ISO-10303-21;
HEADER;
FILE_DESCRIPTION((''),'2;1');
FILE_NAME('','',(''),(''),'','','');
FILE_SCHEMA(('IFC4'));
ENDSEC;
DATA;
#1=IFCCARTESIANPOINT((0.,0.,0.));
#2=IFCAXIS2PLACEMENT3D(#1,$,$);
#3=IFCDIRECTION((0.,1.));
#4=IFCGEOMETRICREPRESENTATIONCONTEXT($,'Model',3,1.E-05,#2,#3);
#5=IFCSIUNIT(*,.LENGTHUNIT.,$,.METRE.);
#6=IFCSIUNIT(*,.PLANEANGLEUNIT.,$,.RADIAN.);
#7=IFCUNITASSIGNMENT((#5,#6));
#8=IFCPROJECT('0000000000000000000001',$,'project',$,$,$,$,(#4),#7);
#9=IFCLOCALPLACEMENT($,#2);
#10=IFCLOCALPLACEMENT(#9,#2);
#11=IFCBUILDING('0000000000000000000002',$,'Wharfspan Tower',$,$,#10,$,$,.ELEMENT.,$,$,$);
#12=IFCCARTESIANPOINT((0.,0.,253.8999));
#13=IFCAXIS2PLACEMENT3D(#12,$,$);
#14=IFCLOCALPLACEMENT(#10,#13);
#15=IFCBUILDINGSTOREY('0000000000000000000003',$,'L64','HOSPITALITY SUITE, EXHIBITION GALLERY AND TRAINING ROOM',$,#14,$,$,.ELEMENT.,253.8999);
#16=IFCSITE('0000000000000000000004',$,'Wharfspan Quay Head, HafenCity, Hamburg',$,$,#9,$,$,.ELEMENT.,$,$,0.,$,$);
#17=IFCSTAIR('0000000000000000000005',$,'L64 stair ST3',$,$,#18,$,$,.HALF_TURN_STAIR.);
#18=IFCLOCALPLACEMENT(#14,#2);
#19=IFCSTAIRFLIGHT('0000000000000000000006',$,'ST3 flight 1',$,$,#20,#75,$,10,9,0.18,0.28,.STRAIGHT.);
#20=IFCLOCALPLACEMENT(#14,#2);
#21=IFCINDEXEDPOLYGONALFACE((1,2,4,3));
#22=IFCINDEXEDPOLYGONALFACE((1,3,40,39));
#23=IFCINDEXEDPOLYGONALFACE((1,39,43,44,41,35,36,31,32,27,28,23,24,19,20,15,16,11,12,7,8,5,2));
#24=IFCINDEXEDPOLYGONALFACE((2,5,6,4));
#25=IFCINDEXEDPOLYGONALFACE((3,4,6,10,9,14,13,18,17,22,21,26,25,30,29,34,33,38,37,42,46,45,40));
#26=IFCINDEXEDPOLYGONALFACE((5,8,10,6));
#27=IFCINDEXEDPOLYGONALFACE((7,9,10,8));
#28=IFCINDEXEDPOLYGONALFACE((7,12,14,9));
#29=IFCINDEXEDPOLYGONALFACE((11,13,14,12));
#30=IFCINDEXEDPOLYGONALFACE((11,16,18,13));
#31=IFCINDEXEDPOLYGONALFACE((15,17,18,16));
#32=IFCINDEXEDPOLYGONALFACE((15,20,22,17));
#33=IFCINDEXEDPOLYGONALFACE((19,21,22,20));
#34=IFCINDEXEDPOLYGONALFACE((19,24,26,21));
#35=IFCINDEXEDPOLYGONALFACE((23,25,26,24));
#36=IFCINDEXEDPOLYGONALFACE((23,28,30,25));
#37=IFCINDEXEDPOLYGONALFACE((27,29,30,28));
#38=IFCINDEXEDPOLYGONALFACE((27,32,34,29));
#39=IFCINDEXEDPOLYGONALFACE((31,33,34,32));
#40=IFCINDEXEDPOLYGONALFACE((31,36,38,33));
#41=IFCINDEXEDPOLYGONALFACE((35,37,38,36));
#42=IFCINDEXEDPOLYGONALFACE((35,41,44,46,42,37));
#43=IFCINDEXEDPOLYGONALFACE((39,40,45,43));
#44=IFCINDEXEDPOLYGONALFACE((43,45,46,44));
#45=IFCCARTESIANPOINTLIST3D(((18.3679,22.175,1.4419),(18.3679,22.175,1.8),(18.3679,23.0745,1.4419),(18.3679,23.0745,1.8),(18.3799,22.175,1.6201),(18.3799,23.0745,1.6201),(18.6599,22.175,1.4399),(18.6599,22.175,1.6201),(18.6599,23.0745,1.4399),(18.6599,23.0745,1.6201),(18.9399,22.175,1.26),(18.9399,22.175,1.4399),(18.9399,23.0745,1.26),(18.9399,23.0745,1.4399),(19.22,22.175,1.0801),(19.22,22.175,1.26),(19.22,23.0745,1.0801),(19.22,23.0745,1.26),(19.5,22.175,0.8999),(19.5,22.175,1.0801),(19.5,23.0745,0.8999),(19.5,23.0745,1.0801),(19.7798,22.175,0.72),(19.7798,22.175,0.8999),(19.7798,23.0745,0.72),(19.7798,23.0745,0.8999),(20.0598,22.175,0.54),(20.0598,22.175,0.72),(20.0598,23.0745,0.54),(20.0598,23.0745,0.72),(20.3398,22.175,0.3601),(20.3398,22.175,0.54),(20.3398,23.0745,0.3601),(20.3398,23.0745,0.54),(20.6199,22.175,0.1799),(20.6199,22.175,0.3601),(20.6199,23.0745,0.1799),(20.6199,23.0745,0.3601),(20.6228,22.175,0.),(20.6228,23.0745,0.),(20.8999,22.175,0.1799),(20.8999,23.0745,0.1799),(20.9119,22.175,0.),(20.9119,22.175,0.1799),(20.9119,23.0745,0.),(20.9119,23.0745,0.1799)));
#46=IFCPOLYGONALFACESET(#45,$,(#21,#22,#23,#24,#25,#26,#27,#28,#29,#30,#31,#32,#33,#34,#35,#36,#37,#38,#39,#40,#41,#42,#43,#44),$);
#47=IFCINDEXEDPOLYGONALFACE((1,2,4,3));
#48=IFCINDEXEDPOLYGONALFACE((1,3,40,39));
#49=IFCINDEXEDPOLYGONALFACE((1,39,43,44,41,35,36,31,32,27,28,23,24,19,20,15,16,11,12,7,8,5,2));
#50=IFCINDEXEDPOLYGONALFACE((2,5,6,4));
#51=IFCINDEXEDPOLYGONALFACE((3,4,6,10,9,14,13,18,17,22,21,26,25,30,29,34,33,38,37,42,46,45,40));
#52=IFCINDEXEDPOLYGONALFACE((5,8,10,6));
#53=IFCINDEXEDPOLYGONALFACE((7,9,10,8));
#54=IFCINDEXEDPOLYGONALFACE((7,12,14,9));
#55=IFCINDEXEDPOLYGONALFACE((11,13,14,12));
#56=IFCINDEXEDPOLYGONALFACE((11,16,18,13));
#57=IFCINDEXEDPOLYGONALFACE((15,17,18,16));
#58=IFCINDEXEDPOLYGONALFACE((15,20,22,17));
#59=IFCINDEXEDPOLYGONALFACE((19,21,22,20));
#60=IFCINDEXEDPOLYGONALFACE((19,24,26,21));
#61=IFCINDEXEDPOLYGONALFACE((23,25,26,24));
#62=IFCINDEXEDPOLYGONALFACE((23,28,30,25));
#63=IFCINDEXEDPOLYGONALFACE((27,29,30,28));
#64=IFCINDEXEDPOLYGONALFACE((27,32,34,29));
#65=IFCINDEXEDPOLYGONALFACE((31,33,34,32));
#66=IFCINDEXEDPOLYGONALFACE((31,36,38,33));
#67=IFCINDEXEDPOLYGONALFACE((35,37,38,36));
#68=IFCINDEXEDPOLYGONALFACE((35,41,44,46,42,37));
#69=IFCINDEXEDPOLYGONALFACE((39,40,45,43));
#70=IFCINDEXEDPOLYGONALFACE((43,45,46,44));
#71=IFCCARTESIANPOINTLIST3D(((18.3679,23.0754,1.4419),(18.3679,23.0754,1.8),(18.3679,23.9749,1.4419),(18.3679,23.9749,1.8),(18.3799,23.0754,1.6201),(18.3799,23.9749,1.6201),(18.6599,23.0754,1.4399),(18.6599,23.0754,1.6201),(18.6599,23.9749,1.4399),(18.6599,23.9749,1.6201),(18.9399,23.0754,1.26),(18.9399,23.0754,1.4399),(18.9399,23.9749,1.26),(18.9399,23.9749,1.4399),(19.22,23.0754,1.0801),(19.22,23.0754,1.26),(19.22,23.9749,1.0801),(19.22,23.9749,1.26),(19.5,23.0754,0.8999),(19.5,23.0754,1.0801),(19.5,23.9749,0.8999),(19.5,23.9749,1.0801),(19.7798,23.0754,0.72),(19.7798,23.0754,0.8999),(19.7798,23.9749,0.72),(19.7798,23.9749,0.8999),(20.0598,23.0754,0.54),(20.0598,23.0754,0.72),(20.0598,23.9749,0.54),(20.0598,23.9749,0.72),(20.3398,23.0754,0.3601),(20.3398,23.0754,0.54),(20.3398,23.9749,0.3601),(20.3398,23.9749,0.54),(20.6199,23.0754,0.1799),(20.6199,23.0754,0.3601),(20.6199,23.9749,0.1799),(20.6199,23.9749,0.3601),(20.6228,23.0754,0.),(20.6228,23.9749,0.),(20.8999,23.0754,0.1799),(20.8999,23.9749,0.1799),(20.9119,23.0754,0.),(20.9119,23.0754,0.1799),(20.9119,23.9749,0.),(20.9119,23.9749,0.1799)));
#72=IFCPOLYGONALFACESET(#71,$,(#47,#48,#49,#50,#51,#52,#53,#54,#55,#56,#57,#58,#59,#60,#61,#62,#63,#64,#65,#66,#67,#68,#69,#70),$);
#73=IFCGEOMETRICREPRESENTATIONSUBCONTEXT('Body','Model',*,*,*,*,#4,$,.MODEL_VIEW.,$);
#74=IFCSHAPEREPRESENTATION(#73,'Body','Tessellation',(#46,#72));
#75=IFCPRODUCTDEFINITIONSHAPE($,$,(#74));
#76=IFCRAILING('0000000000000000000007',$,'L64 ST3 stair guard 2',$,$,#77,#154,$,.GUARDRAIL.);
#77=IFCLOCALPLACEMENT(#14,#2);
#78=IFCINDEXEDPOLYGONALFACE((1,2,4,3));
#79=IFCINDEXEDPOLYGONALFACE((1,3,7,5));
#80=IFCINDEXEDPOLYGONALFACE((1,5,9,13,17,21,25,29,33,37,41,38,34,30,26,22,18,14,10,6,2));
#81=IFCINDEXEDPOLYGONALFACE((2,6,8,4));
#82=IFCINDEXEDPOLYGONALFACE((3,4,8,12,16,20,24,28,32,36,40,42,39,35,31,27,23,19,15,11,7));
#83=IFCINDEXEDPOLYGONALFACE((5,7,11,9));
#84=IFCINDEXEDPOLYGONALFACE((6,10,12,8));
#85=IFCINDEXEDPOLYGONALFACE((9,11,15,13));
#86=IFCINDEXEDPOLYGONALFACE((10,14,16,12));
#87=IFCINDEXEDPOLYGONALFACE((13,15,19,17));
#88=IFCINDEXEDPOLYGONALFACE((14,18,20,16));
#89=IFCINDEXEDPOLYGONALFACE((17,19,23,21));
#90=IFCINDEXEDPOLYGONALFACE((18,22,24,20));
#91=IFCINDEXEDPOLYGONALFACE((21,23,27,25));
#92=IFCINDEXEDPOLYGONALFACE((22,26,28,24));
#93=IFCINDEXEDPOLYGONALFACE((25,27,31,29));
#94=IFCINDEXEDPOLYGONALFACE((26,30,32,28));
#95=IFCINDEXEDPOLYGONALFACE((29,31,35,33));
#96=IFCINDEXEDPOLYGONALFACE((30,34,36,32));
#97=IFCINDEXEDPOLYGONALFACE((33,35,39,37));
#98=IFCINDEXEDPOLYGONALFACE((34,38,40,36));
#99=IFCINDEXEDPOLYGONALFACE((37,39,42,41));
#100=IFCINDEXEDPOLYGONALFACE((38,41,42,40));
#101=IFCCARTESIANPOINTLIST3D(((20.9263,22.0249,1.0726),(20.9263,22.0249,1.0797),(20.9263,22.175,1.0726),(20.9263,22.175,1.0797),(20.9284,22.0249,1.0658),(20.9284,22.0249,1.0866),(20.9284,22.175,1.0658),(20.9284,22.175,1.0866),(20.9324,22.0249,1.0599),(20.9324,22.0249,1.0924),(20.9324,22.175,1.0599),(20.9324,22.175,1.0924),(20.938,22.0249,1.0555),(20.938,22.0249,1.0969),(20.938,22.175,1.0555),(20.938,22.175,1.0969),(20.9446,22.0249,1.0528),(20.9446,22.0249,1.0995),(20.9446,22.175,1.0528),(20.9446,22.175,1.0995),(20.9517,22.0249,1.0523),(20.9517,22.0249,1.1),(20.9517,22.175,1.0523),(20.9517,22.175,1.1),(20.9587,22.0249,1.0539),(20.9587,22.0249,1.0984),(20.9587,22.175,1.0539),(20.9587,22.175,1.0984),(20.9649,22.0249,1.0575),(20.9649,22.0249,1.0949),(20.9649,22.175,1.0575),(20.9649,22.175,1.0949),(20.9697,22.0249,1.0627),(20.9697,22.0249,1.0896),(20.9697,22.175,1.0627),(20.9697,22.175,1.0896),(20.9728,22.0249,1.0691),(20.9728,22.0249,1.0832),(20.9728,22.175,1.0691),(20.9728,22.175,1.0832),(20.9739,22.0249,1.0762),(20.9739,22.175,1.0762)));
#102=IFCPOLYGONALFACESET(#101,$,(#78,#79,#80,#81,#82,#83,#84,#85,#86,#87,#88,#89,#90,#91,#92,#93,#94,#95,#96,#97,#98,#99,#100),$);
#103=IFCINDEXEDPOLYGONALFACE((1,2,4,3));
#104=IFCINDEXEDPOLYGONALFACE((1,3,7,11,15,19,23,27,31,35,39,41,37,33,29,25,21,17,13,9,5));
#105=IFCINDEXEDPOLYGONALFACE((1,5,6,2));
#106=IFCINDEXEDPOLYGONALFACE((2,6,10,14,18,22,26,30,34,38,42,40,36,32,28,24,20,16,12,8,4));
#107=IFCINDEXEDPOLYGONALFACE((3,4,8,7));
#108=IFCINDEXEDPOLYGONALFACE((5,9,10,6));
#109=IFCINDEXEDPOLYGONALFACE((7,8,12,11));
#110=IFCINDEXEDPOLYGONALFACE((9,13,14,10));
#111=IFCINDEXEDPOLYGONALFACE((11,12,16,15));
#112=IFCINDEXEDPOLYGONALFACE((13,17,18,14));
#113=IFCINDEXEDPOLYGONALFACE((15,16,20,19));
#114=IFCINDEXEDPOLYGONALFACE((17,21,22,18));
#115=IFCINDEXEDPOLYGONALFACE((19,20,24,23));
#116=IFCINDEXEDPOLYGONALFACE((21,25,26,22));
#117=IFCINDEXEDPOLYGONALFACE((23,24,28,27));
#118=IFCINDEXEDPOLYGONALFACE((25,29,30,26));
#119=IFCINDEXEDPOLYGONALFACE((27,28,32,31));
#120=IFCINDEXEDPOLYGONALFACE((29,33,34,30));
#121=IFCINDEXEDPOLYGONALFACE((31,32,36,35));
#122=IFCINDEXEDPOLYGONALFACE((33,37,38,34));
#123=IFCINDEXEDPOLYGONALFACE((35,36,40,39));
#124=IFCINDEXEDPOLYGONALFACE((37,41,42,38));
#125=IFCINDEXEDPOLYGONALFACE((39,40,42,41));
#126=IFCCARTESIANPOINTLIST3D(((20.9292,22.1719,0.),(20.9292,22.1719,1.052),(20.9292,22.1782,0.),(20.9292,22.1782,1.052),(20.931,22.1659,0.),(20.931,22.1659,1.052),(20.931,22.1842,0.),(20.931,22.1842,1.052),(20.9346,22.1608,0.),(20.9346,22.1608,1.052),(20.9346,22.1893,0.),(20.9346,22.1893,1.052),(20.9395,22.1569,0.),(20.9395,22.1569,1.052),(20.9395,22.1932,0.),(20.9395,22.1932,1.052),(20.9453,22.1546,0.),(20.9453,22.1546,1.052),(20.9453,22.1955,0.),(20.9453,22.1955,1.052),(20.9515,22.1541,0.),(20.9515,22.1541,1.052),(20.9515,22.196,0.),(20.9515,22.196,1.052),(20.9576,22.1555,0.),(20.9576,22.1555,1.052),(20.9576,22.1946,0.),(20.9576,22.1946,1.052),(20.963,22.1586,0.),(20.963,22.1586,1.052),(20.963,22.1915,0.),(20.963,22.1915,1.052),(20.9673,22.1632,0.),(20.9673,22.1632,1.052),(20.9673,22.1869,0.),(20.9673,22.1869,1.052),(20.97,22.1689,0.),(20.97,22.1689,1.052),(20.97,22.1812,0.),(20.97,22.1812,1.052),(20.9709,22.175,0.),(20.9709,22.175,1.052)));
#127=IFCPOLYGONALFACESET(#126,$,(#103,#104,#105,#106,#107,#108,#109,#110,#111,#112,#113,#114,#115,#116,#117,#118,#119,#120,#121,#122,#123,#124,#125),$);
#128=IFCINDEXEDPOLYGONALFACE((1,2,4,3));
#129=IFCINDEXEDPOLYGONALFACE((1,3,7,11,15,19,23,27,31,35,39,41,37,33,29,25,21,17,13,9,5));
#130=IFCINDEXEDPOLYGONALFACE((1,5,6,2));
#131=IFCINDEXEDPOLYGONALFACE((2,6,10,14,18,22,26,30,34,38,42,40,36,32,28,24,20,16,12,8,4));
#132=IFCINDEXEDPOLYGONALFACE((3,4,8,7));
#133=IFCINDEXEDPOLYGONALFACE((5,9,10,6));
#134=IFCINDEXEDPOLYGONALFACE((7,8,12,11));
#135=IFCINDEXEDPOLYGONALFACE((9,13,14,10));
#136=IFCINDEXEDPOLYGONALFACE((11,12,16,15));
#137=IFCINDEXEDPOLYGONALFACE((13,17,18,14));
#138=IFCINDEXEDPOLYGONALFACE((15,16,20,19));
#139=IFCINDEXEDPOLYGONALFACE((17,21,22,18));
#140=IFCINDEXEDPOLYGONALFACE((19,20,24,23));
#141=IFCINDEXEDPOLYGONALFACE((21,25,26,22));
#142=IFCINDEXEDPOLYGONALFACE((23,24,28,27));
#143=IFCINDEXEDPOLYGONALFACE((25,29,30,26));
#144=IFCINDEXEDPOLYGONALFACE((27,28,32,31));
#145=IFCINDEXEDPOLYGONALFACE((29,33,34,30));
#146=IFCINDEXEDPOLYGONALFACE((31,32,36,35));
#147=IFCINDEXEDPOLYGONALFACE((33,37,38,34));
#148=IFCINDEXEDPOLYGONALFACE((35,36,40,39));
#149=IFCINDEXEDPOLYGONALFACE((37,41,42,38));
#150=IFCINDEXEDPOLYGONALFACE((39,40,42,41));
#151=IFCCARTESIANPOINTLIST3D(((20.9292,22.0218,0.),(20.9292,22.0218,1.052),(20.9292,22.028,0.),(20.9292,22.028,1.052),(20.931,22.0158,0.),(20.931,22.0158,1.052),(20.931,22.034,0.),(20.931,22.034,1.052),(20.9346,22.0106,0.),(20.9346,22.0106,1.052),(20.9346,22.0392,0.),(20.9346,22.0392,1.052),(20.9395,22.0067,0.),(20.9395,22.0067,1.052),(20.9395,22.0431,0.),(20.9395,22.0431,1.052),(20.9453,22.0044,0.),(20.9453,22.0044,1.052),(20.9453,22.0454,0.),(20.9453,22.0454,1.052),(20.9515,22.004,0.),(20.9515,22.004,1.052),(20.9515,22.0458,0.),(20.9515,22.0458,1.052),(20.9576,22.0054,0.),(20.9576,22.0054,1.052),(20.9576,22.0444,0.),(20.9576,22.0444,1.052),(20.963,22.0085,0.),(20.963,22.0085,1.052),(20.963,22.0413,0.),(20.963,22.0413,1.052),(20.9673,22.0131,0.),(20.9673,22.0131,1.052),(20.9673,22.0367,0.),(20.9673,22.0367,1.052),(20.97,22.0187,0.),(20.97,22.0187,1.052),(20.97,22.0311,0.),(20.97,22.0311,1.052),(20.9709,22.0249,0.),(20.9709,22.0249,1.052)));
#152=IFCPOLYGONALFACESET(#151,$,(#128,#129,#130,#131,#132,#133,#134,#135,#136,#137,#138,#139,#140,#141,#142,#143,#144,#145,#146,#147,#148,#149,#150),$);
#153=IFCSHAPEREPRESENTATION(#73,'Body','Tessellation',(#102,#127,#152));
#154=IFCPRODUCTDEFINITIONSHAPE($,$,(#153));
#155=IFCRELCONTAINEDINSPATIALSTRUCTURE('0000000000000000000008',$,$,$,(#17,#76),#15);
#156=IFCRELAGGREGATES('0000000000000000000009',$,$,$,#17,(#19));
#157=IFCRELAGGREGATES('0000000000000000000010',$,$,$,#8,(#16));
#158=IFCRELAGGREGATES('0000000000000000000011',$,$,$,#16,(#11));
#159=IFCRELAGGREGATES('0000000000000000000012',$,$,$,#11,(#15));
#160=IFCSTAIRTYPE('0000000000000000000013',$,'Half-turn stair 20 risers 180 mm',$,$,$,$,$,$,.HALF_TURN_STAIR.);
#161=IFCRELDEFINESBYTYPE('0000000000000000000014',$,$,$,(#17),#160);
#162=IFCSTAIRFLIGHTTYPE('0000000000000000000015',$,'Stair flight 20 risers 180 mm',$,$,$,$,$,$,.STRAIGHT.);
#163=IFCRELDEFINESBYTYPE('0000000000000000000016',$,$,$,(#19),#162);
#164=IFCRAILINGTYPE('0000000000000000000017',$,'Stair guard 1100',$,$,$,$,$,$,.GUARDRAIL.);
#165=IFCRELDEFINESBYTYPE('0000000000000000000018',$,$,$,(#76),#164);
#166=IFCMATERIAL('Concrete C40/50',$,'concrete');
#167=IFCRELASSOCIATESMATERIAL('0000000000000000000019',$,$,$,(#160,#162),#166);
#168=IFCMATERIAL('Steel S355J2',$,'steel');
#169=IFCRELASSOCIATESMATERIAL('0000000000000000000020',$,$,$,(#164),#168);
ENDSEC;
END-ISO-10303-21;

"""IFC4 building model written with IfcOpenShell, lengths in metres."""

from ifc_helpers import new_model, si_unit, direction, frame, origin, origin_2d, place, context, subcontext, project, spatial, polyline, circle, outline, extrude, material, type_object, element, aggregate, save


model = new_model("IFC4")

# Units and contexts
model_context = context("Model", 3, precision=1e-05, world=origin(), true_north=direction((0.0, 1.0)))
body_context = subcontext(model_context, "Body", "Model", "MODEL_VIEW")
ifc_project = project(units=[si_unit("LENGTHUNIT", "METRE"), si_unit("PLANEANGLEUNIT", "RADIAN")], contexts=[model_context])

# Site, building, storey
site_placement = place(None, origin())
site = spatial("IfcSite", under=ifc_project, at=site_placement, Name="Wharfspan Quay Head, HafenCity, Hamburg", CompositionType="ELEMENT", RefElevation=0.0)
building_placement = place(site_placement, origin())
building = spatial("IfcBuilding", under=site, at=building_placement, Name="Wharfspan Tower", CompositionType="ELEMENT")
storey_placement = place(building_placement, frame((0.0, 0.0, 253.8999)))
storey = spatial("IfcBuildingStorey", under=building, at=storey_placement, Name="L64", Description="HOSPITALITY SUITE, EXHIBITION GALLERY AND TRAINING ROOM", CompositionType="ELEMENT", Elevation=253.8999)

# Shared definitions
ifc_material_1 = material(Name="Steel S355J2", Category="steel")

# Stair, stair flight
ifc_material_2 = material(Name="Concrete C40/50", Category="concrete")
stair_type = type_object("IfcStairType", Name="Half-turn stair 20 risers 180 mm", PredefinedType="HALF_TURN_STAIR", material=ifc_material_2)
stair_placement = place(storey_placement, origin())
stair = element("IfcStair", 1, at=stair_placement, inside=storey, type_object=stair_type, Name="L64 stair ST3", PredefinedType="HALF_TURN_STAIR")
stair_flight_type = type_object("IfcStairFlightType", Name="Stair flight 20 risers 180 mm", PredefinedType="STRAIGHT", material=ifc_material_2)
stair_flight_placement = place(storey_placement, frame((20.8999, 23.075, 0.0), z_axis=(0.0, 0.0, 1.0), x_axis=(-1.0, 0.0, 0.0)))
stair_flight = element("IfcStairFlight", 2, at=stair_flight_placement, type_object=stair_flight_type, Name="ST3 flight 1", NumberOfRisers=10, NumberOfTreads=9, PredefinedType="STRAIGHT", RiserHeight=0.18, TreadLength=0.28, context=body_context, shape_type="SweptSolid", body=[
    extrude(outline(polyline([(-0.012, 0.0), (-0.012, 0.1799), (0.0, 0.1799), (0.28, 0.1799), (0.28, 0.3601), (0.5601, 0.3601), (0.5601, 0.54), (0.8401, 0.54), (0.8401, 0.72), (1.1201, 0.72), (1.1201, 0.8999), (1.3999, 0.8999), (1.3999, 1.0801), (1.6799, 1.0801), (1.6799, 1.26), (1.96, 1.26), (1.96, 1.4399), (2.24, 1.4399), (2.24, 1.6201), (2.52, 1.6201), (2.532, 1.8), (2.532, 1.4419), (0.2771, 0.0), (-0.012, 0.0)])), frame((0.0, 0.8999, 0.0), z_axis=(0.0, -1.0, 0.0), x_axis=(1.0, 0.0, 0.0)), (0.0, 0.0, 1.0), 0.8994),
    extrude(outline(polyline([(-0.012, 0.0), (-0.012, 0.1799), (0.0, 0.1799), (0.28, 0.1799), (0.28, 0.3601), (0.5601, 0.3601), (0.5601, 0.54), (0.8401, 0.54), (0.8401, 0.72), (1.1201, 0.72), (1.1201, 0.8999), (1.3999, 0.8999), (1.3999, 1.0801), (1.6799, 1.0801), (1.6799, 1.26), (1.96, 1.26), (1.96, 1.4399), (2.24, 1.4399), (2.24, 1.6201), (2.52, 1.6201), (2.532, 1.8), (2.532, 1.4419), (0.2771, 0.0), (-0.012, 0.0)])), frame((0.0, -0.0005, 0.0), z_axis=(0.0, -1.0, 0.0), x_axis=(1.0, 0.0, 0.0)), (0.0, 0.0, 1.0), 0.8994),
])
aggregate(stair, [stair_flight])

# Railing
railing_type_1 = type_object("IfcRailingType", Name="Stair guard 1100", PredefinedType="GUARDRAIL", material=ifc_material_1)
railing_1_placement = place(storey_placement, frame((20.95, 22.175, 0.0)))
element("IfcRailing", 3, at=railing_1_placement, inside=storey, type_object=railing_type_1, Name="L64 ST3 stair guard 2", PredefinedType="GUARDRAIL", context=body_context, shape_type="SweptSolid", body=[
    extrude(circle(Radius=0.0239, at=origin_2d()), frame((0.0, 0.0, 1.0762), z_axis=(0.0, -1.0, 0.0), x_axis=(1.0, 0.0, 0.0)), (0.0, 0.0, 1.0), 0.1501),
    extrude(circle(Radius=0.021, at=origin_2d()), origin(), (0.0, 0.0, 1.0), 1.052),
    extrude(circle(Radius=0.021, at=origin_2d()), frame((0.0, -0.1501, 0.0)), (0.0, 0.0, 1.0), 1.052),
])

save(model, "model.ifc")
